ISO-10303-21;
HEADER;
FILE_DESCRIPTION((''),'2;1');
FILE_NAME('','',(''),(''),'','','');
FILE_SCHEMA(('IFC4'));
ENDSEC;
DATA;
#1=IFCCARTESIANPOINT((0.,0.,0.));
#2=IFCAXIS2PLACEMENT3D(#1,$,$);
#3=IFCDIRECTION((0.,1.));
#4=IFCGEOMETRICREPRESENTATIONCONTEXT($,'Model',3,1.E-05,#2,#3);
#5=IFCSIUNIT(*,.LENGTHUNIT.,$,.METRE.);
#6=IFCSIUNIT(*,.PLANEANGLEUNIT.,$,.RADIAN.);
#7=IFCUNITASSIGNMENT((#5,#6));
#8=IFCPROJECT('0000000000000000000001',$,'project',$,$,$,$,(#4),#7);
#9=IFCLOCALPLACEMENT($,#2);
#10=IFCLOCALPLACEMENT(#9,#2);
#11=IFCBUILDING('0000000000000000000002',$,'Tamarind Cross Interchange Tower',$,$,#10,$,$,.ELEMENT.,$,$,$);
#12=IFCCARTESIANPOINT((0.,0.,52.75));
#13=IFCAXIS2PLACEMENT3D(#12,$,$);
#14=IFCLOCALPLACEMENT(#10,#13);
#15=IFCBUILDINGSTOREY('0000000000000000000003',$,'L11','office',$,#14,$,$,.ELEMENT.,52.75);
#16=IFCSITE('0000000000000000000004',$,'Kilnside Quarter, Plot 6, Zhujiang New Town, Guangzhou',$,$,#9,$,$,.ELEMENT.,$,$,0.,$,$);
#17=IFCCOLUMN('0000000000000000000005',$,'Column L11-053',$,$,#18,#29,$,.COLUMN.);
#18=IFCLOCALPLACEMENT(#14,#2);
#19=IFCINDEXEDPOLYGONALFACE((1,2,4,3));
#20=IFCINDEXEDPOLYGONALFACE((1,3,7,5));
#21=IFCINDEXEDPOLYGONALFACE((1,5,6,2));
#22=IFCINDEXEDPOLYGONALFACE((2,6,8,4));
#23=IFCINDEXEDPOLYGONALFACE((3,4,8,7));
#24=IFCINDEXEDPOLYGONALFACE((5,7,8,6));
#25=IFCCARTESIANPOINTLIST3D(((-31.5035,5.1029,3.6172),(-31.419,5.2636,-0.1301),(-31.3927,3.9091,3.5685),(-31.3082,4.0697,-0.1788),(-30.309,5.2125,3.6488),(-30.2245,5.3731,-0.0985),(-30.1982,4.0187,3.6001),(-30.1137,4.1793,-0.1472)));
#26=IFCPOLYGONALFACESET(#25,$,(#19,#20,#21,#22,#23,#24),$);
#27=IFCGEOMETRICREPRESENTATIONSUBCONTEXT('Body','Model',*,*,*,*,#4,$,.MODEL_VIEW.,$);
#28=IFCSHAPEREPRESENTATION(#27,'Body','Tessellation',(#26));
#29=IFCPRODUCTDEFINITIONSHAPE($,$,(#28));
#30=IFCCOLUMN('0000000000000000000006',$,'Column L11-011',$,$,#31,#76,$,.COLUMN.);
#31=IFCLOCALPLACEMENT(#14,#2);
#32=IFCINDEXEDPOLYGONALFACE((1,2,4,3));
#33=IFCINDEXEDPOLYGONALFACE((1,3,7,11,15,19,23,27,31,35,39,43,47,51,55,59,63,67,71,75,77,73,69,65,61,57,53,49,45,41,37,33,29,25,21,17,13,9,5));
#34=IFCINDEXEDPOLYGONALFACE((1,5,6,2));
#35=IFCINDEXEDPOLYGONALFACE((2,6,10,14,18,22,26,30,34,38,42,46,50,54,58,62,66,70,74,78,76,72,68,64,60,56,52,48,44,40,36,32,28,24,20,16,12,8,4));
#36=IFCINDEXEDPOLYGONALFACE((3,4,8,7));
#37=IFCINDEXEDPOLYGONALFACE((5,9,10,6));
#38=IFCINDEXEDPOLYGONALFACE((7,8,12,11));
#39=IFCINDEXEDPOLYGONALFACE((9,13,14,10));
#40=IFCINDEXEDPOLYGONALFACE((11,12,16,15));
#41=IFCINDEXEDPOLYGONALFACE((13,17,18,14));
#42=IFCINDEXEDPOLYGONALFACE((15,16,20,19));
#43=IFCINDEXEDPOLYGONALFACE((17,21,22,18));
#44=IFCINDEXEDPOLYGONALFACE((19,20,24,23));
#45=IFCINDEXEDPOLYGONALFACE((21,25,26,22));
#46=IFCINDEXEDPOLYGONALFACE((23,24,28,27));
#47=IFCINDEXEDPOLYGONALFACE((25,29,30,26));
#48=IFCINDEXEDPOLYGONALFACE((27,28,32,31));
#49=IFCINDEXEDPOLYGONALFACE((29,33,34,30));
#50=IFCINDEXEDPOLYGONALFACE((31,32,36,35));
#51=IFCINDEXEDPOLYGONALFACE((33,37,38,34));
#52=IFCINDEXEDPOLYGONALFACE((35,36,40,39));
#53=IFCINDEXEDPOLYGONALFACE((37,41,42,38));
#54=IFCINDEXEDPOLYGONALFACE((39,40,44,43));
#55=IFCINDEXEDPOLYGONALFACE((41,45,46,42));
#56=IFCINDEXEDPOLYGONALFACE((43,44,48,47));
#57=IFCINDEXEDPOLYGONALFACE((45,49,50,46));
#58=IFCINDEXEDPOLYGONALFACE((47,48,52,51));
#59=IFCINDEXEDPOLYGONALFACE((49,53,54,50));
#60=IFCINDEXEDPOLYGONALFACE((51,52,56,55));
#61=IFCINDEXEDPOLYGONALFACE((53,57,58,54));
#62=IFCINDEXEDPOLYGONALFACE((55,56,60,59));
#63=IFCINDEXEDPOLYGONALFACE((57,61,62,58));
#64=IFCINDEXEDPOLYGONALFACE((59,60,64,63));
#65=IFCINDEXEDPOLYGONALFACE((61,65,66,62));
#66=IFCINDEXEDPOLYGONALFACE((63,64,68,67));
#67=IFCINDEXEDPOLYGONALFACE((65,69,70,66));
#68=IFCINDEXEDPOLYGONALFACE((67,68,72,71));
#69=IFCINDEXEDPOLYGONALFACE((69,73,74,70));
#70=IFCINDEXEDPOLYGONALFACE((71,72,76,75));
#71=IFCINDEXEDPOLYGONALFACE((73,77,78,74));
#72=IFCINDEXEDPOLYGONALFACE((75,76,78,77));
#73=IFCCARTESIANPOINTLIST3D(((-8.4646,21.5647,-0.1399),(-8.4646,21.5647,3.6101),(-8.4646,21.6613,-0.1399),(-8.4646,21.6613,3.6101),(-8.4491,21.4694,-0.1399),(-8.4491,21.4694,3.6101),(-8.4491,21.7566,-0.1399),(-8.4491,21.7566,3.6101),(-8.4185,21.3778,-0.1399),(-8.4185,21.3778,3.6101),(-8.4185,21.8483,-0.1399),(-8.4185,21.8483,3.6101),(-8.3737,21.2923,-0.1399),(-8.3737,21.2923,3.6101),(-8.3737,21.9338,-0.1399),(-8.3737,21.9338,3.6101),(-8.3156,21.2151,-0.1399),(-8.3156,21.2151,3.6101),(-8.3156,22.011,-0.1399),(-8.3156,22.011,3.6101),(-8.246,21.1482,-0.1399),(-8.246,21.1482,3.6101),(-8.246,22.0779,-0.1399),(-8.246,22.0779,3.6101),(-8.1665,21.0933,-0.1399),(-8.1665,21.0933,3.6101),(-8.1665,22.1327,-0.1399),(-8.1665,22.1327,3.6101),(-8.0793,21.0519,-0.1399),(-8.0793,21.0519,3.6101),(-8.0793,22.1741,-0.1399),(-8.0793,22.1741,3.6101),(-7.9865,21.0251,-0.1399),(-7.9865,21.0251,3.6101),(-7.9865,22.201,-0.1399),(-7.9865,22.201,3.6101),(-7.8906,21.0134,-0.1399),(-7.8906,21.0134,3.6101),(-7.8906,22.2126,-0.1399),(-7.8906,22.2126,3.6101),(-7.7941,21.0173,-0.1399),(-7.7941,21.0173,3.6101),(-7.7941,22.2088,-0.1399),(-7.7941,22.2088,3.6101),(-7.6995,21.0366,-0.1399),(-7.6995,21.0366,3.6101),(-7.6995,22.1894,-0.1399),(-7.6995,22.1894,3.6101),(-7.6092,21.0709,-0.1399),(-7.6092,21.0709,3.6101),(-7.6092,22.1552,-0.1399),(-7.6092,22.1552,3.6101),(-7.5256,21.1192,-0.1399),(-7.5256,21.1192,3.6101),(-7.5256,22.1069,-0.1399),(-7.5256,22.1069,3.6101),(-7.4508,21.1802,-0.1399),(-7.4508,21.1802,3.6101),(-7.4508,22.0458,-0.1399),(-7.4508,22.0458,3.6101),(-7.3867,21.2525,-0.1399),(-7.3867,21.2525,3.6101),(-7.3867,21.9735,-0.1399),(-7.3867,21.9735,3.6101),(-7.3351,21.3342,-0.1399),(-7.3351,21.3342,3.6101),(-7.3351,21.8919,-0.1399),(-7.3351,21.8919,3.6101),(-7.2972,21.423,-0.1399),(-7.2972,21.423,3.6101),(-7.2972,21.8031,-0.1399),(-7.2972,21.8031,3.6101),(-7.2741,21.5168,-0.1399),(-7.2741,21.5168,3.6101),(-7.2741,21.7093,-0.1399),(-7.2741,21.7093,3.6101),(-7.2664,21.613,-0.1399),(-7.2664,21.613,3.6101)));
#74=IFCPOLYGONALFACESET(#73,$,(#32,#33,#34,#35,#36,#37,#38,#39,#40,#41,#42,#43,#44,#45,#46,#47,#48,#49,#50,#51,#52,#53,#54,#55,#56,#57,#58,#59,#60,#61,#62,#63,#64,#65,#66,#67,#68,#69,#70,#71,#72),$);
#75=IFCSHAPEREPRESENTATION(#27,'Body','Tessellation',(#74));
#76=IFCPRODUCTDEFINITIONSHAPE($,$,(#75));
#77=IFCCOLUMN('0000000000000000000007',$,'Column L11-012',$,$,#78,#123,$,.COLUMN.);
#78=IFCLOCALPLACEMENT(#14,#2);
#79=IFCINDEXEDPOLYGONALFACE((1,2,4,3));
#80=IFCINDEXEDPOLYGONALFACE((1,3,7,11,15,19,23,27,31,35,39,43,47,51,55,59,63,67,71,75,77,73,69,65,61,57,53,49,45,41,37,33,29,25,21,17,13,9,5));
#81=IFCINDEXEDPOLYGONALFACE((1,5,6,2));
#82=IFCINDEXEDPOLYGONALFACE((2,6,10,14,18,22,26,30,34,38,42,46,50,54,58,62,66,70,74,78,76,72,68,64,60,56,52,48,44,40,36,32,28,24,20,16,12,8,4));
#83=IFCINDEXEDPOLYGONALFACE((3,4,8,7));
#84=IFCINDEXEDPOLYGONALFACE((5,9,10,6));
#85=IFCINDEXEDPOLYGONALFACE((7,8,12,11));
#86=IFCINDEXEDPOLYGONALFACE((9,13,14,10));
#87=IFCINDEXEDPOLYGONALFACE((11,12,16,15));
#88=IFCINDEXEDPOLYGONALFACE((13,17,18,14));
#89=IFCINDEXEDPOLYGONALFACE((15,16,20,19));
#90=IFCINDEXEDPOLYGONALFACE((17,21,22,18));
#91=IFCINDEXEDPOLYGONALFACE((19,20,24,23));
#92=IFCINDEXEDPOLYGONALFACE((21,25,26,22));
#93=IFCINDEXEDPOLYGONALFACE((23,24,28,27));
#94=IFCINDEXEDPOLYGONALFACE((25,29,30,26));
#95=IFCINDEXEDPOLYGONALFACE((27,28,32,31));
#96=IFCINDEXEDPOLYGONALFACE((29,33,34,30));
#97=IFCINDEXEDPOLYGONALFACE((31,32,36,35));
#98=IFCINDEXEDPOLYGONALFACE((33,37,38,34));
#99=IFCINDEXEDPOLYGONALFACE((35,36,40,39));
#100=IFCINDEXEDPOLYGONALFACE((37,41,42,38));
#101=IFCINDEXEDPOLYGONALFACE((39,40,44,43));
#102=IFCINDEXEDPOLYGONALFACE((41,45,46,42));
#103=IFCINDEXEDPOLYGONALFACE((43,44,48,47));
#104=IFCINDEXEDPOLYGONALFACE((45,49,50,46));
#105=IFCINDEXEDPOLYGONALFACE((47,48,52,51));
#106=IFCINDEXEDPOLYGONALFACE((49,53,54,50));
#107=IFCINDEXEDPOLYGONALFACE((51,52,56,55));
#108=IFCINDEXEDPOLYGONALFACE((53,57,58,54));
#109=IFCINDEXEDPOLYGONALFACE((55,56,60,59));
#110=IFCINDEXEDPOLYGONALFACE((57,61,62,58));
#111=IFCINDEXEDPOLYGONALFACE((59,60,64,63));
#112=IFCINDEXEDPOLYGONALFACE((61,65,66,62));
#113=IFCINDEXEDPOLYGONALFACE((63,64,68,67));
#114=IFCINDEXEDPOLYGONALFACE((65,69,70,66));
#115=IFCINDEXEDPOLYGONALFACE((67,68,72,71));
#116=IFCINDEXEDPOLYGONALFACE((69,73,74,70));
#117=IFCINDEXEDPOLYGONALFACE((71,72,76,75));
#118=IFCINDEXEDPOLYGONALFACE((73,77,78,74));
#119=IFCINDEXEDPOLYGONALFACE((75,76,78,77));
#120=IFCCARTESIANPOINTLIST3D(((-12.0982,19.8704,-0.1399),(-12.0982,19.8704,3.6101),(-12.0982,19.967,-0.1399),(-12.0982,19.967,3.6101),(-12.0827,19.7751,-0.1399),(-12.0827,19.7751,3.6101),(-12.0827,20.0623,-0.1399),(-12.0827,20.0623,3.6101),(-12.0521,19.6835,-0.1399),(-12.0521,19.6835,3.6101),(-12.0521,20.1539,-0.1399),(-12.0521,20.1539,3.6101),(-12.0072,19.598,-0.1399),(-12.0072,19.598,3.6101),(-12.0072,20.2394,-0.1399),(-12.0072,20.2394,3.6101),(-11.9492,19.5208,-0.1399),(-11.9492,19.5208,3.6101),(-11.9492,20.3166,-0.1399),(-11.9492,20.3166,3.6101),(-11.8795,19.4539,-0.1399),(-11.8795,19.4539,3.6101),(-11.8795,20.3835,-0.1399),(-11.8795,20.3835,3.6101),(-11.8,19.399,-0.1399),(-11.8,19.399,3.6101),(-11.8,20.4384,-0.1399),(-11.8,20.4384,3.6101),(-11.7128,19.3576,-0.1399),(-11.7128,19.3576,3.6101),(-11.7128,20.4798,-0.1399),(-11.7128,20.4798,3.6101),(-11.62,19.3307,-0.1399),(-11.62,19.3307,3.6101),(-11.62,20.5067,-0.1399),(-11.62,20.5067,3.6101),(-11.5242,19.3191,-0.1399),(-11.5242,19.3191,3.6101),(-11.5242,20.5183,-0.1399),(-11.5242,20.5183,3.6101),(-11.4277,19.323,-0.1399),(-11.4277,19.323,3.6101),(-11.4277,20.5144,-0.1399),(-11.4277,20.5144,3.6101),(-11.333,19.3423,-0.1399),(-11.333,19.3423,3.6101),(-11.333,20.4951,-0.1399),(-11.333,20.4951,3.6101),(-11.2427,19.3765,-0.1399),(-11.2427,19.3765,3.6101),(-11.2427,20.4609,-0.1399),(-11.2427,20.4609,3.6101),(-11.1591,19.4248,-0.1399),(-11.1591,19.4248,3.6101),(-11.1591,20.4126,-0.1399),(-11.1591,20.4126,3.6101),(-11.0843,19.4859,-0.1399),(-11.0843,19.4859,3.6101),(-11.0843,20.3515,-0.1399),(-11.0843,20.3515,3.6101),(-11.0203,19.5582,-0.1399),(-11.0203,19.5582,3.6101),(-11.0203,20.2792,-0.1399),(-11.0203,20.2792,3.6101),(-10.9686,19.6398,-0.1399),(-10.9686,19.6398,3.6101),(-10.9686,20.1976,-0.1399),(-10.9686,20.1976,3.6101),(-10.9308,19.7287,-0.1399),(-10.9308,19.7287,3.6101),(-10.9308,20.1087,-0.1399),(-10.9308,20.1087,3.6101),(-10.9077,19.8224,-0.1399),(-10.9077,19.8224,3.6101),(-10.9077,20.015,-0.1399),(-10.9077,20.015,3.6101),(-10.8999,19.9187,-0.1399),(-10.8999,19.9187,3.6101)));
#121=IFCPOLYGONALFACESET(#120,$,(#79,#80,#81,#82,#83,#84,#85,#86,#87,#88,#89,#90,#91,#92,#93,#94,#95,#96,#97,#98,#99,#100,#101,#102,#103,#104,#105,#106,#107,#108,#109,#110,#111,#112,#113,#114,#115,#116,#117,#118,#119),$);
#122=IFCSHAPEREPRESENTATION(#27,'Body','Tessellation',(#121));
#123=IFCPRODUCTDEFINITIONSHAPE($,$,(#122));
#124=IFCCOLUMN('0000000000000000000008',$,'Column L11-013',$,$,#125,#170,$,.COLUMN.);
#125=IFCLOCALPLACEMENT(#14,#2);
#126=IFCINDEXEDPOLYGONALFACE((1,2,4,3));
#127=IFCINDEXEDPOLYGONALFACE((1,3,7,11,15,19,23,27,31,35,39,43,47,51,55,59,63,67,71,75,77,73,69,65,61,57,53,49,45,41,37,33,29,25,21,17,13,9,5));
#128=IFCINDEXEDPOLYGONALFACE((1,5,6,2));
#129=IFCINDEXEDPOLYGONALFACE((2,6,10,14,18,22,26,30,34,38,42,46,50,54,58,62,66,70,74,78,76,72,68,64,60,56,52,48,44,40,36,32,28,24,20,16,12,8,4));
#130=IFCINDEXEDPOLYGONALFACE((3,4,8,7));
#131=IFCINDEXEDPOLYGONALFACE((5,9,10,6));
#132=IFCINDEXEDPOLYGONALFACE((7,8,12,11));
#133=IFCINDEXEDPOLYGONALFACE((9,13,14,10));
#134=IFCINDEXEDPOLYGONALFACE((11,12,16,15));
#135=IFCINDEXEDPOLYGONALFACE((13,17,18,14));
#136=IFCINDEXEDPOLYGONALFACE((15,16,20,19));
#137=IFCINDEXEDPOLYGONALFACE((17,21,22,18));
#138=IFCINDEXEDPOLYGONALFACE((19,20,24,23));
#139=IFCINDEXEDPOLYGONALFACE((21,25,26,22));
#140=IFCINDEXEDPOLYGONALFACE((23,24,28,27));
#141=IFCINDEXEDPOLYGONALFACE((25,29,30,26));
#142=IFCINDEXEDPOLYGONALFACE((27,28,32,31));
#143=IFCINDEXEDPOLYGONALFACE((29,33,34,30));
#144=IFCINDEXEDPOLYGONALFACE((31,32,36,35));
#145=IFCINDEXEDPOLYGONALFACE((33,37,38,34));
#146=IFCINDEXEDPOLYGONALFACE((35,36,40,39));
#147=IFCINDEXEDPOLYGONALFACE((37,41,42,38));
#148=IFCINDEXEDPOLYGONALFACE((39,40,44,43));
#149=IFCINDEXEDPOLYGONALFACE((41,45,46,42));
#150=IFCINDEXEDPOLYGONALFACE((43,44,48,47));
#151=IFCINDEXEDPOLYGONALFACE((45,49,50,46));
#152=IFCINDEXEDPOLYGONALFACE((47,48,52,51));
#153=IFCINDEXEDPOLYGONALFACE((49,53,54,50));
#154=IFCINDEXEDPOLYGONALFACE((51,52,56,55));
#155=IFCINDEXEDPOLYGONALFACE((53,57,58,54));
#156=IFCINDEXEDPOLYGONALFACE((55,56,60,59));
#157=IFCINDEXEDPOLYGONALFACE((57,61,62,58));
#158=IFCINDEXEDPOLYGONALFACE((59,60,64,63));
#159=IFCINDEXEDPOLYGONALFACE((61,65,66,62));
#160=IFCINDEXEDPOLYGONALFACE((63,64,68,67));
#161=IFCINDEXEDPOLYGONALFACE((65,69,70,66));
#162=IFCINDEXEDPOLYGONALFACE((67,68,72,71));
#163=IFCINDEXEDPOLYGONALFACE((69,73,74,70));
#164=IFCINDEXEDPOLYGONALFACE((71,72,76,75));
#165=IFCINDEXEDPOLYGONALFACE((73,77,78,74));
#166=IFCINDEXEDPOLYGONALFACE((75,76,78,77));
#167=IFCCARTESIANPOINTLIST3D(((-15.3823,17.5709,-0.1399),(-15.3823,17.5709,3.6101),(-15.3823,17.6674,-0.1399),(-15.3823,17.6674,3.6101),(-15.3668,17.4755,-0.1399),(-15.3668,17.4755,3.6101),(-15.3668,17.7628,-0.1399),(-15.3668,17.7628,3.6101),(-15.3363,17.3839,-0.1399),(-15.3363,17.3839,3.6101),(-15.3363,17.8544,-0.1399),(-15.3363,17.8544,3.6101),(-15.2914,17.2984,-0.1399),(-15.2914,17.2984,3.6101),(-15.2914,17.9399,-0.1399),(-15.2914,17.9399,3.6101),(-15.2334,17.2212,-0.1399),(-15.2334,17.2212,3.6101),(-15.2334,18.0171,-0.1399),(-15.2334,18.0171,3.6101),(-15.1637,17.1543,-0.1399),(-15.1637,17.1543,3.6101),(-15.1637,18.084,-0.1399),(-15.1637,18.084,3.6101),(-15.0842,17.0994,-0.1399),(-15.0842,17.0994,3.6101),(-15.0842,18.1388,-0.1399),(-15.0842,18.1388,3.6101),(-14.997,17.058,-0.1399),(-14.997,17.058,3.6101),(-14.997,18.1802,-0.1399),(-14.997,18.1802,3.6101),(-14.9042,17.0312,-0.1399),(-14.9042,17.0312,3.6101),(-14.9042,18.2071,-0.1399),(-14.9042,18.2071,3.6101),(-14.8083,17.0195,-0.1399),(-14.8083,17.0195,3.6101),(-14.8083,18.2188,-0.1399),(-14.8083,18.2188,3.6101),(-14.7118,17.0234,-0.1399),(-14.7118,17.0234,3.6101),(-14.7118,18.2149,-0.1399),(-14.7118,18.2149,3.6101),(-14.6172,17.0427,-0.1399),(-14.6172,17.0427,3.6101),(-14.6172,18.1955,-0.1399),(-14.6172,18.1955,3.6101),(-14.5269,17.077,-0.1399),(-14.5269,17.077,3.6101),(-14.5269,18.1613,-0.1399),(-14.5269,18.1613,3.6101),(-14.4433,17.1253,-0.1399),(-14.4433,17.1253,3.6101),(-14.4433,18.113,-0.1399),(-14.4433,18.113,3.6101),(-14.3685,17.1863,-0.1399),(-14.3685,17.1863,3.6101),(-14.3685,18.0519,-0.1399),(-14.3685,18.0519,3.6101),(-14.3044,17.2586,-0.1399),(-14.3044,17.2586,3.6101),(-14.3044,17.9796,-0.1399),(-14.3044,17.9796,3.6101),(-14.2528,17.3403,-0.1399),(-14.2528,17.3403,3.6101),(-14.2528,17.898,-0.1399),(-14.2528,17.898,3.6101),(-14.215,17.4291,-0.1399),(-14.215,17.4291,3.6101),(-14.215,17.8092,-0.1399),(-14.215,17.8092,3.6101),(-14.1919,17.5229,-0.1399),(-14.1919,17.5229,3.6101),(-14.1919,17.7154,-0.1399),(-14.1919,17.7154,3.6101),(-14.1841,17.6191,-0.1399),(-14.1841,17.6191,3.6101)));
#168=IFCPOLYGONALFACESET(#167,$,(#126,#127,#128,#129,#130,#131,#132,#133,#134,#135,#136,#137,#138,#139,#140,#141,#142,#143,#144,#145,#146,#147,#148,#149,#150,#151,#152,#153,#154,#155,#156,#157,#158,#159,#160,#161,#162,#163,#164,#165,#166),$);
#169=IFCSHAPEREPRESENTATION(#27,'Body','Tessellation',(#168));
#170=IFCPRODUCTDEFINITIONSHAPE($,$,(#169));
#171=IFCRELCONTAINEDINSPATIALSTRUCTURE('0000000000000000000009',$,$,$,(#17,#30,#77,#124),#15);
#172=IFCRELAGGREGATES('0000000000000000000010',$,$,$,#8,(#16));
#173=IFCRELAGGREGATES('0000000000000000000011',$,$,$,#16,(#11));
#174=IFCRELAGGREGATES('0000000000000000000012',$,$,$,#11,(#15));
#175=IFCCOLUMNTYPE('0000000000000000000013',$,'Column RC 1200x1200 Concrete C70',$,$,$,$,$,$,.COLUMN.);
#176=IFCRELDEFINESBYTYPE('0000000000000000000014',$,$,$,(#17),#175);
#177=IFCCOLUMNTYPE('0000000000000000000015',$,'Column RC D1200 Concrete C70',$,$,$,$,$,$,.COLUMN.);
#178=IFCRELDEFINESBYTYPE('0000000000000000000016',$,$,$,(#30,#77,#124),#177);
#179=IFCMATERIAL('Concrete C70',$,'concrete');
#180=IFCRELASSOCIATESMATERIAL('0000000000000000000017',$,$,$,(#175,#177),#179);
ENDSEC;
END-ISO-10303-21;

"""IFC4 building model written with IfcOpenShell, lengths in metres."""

from ifc_helpers import new_model, si_unit, direction, frame, origin, origin_2d, place, context, subcontext, project, spatial, rectangle, circle, extrude, material, material_profile, profile_set, type_object, element, save


model = new_model("IFC4")

# Units and contexts
model_context = context("Model", 3, precision=1e-05, world=origin(), true_north=direction((0.0, 1.0)))
body_context = subcontext(model_context, "Body", "Model", "MODEL_VIEW")
ifc_project = project(units=[si_unit("LENGTHUNIT", "METRE"), si_unit("PLANEANGLEUNIT", "RADIAN")], contexts=[model_context])

# Site, building, storey
site_placement = place(None, origin())
site = spatial("IfcSite", under=ifc_project, at=site_placement, Name="Kilnside Quarter, Plot 6, Zhujiang New Town, Guangzhou", CompositionType="ELEMENT", RefElevation=0.0)
building_placement = place(site_placement, origin())
building = spatial("IfcBuilding", under=site, at=building_placement, Name="Tamarind Cross Interchange Tower", CompositionType="ELEMENT")
storey_placement = place(building_placement, frame((0.0, 0.0, 52.75)))
storey = spatial("IfcBuildingStorey", under=building, at=storey_placement, Name="L11", Description="office", CompositionType="ELEMENT", Elevation=52.75)

# Columns
ifc_material_1 = material(Name="Concrete C70", Category="concrete")
ifc_material_profile_1 = material_profile(ifc_material_1, rectangle(XDim=1.2, YDim=1.2, at=origin_2d()), Name="RC 1200x1200")
ifc_profile_set_1 = profile_set([ifc_material_profile_1], Name="Concrete C70")
column_type_1 = type_object("IfcColumnType", Name="Column RC 1200x1200 Concrete C70", PredefinedType="COLUMN", material=ifc_profile_set_1)
column_placement = place(storey_placement, frame((-30.7664, 4.7214, -0.1387), z_axis=(-0.022516, -0.042819, 0.998829), x_axis=(0.995474, 0.091303, 0.026354)))
element("IfcColumn", 1, at=column_placement, inside=storey, type_object=column_type_1, Name="Column L11-053", PredefinedType="COLUMN", context=body_context, shape_type="SweptSolid", body=[
    extrude(rectangle(XDim=1.2, YDim=1.2, at=origin_2d()), origin(), (0.0, 0.0, 1.0), 3.7517),
])
ifc_material_profile_2 = material_profile(ifc_material_1, circle(Radius=0.6001, at=origin_2d()), Name="RC D1200")
ifc_profile_set_2 = profile_set([ifc_material_profile_2], Name="Concrete C70")
column_type_2 = type_object("IfcColumnType", Name="Column RC D1200 Concrete C70", PredefinedType="COLUMN", material=ifc_profile_set_2)
for number, where, z_axis, x_axis, name in (
    (2, (-7.8665, 21.613, -0.1399), (0.0, 0.0, 1.0), (1.0, 0.0, 0.0), "Column L11-011"),
    (3, (-11.5, 19.9187, -0.1399), (0.0, 0.0, 1.0), (1.0, 0.0, 0.0), "Column L11-012"),
    (4, (-14.7842, 17.6191, -0.1399), (0.0, 0.0, 1.0), (1.0, 0.0, 0.0), "Column L11-013"),
):
    element("IfcColumn", number, at=place(storey_placement, frame(where, z_axis=z_axis, x_axis=x_axis)), inside=storey, type_object=column_type_2, Name=name, PredefinedType="COLUMN", context=body_context, shape_type="SweptSolid", body=[
        extrude(circle(Radius=0.6001, at=origin_2d()), origin(), (0.0, 0.0, 1.0), 3.75),
    ])

save(model, "model.ifc")
